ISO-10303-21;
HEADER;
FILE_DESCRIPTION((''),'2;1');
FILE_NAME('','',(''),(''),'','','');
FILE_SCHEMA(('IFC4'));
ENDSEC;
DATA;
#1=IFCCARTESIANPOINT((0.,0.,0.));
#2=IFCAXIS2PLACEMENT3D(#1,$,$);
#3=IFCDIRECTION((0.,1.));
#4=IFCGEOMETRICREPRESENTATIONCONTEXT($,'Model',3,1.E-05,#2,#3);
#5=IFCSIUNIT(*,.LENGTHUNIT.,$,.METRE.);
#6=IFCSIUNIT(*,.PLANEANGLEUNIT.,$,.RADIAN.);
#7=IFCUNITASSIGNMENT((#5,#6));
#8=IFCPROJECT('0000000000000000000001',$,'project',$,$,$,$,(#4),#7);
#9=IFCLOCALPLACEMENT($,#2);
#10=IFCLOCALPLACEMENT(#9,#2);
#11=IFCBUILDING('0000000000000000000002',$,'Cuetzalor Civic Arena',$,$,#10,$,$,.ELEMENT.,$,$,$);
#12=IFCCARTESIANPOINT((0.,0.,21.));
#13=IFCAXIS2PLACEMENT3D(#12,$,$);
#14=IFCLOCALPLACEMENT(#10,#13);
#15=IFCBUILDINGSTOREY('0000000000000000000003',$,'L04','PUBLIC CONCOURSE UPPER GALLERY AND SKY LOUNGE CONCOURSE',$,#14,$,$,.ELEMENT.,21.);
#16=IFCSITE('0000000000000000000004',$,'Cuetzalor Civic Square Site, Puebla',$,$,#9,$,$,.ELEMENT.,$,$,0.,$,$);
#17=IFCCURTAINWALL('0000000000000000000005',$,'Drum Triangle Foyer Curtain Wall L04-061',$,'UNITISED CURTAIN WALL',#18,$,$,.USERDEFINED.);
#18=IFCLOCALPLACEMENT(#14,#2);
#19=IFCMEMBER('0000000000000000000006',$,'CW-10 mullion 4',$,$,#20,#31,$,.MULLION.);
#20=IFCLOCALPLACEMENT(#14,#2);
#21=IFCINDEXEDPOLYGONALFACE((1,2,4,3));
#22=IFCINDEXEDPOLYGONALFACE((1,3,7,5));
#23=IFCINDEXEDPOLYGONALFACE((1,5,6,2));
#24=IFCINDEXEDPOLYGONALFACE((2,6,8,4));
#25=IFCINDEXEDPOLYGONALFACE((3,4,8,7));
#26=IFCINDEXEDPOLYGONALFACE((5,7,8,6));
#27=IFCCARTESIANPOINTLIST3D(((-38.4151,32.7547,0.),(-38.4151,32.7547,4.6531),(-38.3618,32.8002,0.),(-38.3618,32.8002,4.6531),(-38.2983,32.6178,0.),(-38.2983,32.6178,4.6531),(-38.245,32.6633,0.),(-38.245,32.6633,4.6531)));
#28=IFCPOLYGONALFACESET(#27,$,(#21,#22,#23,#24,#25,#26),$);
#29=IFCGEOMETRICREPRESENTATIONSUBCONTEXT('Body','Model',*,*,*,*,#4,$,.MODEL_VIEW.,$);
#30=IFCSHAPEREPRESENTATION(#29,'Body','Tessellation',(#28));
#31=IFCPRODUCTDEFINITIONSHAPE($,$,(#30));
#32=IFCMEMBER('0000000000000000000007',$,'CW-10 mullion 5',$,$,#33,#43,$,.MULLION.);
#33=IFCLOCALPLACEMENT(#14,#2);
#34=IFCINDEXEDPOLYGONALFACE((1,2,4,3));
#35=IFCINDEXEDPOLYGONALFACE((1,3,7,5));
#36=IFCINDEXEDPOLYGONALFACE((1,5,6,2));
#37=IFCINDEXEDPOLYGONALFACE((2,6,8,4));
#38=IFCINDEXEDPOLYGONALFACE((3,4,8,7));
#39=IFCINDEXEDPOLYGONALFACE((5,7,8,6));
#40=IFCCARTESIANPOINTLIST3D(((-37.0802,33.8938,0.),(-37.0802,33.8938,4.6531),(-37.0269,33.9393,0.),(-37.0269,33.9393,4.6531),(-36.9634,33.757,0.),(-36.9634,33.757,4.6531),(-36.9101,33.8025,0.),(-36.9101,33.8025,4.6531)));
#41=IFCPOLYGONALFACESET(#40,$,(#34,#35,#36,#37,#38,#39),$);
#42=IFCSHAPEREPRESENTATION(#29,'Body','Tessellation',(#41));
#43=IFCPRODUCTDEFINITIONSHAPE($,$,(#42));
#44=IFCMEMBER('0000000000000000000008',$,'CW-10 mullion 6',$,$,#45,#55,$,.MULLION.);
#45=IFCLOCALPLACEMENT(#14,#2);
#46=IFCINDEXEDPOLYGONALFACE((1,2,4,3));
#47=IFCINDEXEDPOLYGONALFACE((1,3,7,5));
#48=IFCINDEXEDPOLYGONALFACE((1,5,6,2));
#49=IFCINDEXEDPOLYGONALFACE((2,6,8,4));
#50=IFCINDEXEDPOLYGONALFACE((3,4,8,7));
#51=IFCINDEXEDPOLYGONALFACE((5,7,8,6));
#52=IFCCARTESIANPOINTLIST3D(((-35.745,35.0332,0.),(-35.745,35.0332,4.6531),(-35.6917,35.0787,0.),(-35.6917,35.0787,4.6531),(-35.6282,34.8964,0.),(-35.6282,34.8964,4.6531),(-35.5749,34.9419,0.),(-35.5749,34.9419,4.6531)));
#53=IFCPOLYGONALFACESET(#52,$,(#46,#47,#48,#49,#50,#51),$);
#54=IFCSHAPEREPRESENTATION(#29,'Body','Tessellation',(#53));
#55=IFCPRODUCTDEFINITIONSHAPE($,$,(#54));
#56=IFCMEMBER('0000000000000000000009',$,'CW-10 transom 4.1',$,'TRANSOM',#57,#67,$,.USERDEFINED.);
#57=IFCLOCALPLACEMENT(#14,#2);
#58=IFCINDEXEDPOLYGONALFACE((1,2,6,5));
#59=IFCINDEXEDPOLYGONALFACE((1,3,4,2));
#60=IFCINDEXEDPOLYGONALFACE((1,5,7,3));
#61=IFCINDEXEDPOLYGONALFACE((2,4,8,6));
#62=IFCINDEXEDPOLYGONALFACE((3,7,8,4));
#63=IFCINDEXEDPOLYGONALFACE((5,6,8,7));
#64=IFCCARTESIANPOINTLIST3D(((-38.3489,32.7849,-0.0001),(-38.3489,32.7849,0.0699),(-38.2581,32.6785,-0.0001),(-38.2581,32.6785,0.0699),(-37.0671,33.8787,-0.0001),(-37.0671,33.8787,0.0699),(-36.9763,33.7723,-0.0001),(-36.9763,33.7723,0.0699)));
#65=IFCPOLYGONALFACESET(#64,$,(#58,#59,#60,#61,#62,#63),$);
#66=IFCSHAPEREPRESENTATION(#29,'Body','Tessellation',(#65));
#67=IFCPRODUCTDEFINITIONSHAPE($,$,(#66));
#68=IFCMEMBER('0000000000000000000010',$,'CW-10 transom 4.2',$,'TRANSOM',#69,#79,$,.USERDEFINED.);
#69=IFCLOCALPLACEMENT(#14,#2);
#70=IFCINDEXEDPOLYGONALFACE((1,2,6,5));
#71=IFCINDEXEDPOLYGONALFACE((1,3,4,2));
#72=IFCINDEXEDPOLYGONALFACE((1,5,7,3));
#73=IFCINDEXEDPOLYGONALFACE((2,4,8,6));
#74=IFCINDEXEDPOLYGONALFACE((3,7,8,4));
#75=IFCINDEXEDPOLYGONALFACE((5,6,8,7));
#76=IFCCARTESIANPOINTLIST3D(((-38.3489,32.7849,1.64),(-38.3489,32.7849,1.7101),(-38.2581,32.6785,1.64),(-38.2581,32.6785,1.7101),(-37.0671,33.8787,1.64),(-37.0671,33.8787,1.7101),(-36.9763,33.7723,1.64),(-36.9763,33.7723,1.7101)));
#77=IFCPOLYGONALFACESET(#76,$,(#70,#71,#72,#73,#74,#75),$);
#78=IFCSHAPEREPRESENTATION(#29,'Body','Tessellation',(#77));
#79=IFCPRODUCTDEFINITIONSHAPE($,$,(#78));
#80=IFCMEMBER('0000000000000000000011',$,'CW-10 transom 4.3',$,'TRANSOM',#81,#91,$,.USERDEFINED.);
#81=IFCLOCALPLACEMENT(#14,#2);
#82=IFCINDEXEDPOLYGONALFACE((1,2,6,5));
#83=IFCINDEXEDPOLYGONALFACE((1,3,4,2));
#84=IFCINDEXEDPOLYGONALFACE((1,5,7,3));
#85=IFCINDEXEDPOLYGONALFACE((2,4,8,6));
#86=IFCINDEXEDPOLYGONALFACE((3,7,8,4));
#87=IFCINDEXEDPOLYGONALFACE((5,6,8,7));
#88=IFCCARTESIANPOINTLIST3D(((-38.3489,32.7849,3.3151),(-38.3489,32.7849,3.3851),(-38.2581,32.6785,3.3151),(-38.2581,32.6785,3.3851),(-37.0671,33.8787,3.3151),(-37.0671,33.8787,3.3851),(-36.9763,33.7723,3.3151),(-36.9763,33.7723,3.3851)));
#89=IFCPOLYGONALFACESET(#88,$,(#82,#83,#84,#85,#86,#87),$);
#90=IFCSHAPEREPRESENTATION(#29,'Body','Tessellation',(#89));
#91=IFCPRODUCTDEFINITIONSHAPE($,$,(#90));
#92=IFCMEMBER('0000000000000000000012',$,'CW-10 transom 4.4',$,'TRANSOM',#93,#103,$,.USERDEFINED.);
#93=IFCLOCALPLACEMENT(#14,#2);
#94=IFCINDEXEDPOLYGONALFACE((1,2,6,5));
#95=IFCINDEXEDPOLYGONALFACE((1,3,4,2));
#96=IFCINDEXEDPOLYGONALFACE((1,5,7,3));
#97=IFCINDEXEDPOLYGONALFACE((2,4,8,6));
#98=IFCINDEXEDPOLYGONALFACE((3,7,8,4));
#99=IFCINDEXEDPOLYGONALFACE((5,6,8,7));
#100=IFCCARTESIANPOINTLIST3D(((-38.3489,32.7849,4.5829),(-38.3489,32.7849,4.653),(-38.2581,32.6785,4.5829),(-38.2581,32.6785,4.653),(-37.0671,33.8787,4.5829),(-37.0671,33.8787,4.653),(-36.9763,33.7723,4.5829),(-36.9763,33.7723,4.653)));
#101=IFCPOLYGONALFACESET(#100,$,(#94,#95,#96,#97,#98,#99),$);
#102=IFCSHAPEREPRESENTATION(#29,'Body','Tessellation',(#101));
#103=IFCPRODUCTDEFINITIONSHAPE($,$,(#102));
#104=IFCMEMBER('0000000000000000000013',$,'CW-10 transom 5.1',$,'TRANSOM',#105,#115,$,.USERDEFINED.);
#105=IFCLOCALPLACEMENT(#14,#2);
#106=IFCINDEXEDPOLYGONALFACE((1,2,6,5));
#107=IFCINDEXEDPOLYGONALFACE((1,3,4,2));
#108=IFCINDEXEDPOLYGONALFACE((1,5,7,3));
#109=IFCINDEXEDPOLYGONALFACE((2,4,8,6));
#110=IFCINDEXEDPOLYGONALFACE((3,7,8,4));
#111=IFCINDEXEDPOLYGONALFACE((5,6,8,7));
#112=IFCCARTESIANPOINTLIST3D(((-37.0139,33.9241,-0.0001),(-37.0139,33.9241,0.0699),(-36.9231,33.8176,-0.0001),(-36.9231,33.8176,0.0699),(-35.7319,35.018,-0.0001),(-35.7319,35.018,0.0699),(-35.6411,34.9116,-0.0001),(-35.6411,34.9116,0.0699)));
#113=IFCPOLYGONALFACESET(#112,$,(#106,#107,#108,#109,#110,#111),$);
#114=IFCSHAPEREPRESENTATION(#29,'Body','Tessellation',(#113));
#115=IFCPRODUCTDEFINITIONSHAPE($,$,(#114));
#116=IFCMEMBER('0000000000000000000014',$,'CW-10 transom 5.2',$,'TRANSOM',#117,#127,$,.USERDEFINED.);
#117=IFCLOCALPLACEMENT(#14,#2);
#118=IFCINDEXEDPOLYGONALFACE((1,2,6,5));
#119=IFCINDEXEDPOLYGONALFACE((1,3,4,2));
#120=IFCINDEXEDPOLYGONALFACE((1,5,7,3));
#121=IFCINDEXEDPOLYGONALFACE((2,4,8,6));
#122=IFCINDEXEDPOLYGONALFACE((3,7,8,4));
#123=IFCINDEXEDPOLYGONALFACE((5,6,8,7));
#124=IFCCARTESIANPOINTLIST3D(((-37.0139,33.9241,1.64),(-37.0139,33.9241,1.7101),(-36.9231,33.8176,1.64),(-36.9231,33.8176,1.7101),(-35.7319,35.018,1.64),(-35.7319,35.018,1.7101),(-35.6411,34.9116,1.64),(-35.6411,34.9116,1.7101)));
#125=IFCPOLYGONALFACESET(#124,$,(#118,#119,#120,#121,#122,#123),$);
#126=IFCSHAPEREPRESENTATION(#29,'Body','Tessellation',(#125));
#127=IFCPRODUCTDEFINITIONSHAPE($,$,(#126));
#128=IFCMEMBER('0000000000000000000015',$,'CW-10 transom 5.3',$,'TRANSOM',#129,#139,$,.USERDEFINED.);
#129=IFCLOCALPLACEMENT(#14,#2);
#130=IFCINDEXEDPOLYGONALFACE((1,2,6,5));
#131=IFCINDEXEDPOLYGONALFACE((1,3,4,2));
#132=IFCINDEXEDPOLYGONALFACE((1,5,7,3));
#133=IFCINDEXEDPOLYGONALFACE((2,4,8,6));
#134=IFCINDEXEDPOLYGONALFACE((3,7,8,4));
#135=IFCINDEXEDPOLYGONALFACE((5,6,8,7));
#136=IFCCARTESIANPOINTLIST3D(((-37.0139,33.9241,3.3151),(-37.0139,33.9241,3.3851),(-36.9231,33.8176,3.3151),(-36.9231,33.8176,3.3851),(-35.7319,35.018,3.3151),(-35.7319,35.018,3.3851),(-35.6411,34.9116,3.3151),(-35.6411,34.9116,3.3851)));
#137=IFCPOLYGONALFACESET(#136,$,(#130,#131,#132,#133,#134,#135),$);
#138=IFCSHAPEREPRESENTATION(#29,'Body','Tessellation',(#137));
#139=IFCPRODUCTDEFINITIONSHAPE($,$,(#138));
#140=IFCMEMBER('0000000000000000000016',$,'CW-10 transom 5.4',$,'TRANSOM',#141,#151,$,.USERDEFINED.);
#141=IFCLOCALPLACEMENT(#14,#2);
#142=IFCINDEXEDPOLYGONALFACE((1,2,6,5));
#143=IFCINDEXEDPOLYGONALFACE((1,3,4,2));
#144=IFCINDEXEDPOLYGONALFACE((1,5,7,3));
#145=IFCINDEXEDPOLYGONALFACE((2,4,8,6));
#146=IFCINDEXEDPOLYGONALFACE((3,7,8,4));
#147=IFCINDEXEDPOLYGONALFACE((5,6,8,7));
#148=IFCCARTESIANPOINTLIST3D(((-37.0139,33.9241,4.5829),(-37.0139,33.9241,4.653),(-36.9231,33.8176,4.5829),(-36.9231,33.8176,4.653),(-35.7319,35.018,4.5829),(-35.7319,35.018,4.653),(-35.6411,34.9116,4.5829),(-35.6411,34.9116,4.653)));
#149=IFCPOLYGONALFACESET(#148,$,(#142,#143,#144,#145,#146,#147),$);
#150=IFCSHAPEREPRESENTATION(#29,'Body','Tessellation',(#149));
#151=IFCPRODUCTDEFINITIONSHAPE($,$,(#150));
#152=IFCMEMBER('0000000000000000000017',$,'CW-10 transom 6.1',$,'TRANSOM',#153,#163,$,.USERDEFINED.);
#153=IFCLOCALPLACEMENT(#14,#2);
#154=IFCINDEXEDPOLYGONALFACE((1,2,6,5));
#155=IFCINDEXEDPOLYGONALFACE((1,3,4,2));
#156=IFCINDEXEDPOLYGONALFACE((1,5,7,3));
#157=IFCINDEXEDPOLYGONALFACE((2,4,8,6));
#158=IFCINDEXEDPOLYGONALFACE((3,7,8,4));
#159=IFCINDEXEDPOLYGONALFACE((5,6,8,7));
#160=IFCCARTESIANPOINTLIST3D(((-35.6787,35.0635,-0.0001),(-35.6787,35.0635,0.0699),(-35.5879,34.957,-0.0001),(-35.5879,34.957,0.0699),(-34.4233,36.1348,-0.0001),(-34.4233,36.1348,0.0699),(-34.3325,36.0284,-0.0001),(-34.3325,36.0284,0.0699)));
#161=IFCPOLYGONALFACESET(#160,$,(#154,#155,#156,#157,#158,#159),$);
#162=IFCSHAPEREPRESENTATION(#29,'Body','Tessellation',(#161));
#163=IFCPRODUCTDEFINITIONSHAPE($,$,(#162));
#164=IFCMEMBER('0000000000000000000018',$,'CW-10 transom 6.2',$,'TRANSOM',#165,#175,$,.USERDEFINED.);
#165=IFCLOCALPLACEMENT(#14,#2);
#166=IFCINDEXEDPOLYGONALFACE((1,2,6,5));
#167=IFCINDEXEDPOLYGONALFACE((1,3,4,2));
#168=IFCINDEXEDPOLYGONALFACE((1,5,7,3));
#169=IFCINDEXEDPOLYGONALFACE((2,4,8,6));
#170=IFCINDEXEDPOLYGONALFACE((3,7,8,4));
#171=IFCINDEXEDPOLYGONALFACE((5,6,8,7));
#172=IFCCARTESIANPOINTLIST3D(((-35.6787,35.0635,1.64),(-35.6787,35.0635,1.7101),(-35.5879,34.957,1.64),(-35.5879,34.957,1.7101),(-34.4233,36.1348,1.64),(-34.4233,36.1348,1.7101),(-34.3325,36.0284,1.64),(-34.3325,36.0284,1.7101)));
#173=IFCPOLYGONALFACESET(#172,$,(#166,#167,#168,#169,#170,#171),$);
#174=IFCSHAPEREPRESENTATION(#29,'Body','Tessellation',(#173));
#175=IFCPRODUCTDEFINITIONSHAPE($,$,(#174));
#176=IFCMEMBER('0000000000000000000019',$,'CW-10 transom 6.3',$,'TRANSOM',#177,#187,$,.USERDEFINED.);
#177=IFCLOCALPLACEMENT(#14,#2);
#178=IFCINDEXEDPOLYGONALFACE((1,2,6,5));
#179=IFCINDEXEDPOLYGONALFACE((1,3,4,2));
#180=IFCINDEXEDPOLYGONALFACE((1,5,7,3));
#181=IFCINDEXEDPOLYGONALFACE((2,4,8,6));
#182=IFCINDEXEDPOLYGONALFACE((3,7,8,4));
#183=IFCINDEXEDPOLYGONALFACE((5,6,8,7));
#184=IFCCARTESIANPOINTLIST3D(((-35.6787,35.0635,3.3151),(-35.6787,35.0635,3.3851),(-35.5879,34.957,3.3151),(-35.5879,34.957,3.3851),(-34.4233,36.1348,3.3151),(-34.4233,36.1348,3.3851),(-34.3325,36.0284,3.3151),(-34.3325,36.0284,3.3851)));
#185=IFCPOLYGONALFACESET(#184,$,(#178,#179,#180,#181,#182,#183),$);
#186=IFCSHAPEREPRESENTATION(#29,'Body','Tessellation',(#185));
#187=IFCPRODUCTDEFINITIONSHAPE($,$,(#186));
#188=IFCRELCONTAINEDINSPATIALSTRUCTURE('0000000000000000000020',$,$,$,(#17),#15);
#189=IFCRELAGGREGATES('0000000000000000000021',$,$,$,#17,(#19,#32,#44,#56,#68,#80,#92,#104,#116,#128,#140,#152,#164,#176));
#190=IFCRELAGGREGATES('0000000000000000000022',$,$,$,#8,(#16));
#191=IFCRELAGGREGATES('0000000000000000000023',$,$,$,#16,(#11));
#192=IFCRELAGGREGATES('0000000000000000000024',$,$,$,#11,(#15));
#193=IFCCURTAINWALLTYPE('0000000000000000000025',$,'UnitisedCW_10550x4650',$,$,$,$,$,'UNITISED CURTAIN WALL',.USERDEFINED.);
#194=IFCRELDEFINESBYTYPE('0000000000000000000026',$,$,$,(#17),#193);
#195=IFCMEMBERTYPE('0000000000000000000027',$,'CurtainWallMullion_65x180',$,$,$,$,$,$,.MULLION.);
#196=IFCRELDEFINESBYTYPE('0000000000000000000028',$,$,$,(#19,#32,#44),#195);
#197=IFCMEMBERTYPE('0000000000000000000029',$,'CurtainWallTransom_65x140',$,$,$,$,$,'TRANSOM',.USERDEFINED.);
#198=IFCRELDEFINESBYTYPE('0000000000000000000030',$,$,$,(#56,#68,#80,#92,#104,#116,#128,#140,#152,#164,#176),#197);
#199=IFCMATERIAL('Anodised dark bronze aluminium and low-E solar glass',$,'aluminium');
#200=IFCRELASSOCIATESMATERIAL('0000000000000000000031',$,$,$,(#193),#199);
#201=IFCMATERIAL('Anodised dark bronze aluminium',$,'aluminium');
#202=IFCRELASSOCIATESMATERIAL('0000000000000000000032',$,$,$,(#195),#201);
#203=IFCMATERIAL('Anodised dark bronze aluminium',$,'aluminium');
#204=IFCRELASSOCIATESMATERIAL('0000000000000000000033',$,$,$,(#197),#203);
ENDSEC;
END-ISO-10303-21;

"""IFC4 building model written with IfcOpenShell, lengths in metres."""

from ifc_helpers import new_model, si_unit, direction, frame, origin, origin_2d, place, context, subcontext, project, spatial, rectangle, extrude, material, material_profile, profile_set, type_object, element, aggregate, save


model = new_model("IFC4")

# Units and contexts
model_context = context("Model", 3, precision=1e-05, world=origin(), true_north=direction((0.0, 1.0)))
body_context = subcontext(model_context, "Body", "Model", "MODEL_VIEW")
ifc_project = project(units=[si_unit("LENGTHUNIT", "METRE"), si_unit("PLANEANGLEUNIT", "RADIAN")], contexts=[model_context])

# Site, building, storey
site_placement = place(None, origin())
site = spatial("IfcSite", under=ifc_project, at=site_placement, Name="Cuetzalor Civic Square Site, Puebla", CompositionType="ELEMENT", RefElevation=0.0)
building_placement = place(site_placement, origin())
building = spatial("IfcBuilding", under=site, at=building_placement, Name="Cuetzalor Civic Arena", CompositionType="ELEMENT")
storey_placement = place(building_placement, frame((0.0, 0.0, 21.0)))
storey = spatial("IfcBuildingStorey", under=building, at=storey_placement, Name="L04", Description="PUBLIC CONCOURSE UPPER GALLERY AND SKY LOUNGE CONCOURSE", CompositionType="ELEMENT", Elevation=21.0)

# Curtain wall, members
ifc_material_1 = material(Name="Anodised dark bronze aluminium and low-E solar glass", Category="aluminium")
curtain_wall_type = type_object("IfcCurtainWallType", Name="UnitisedCW_10550x4650", ElementType="UNITISED CURTAIN WALL", PredefinedType="USERDEFINED", material=ifc_material_1)
curtain_wall_placement = place(storey_placement, origin())
curtain_wall = element("IfcCurtainWall", 1, at=curtain_wall_placement, inside=storey, type_object=curtain_wall_type, Name="Drum Triangle Foyer Curtain Wall L04-061", ObjectType="UNITISED CURTAIN WALL", PredefinedType="USERDEFINED")
ifc_material_2 = material(Name="Anodised dark bronze aluminium", Category="aluminium")
ifc_material_profile_1 = material_profile(ifc_material_2, rectangle(XDim=0.0701, YDim=0.1799, at=origin_2d()), Name="ALU MULLION 70x180")
ifc_profile_set_1 = profile_set([ifc_material_profile_1], Name="Anodised dark bronze aluminium")
member_type_1 = type_object("IfcMemberType", Name="CurtainWallMullion_65x180", PredefinedType="MULLION", material=ifc_profile_set_1)
member_1_placement = place(storey_placement, frame((-38.3301, 32.709, 0.0), z_axis=(0.0, 0.0, 1.0), x_axis=(0.760677, 0.64913, 0.0)))
member_1 = element("IfcMember", 2, at=member_1_placement, type_object=member_type_1, Name="CW-10 mullion 4", PredefinedType="MULLION", context=body_context, shape_type="SweptSolid", body=[
    extrude(rectangle(XDim=0.0701, YDim=0.1799, at=origin_2d()), origin(), (0.0, 0.0, 1.0), 4.6531),
])
member_2_placement = place(storey_placement, frame((-36.9951, 33.8481, 0.0), z_axis=(0.0, 0.0, 1.0), x_axis=(0.760677, 0.64913, 0.0)))
member_2 = element("IfcMember", 3, at=member_2_placement, type_object=member_type_1, Name="CW-10 mullion 5", PredefinedType="MULLION", context=body_context, shape_type="SweptSolid", body=[
    extrude(rectangle(XDim=0.0701, YDim=0.1799, at=origin_2d()), origin(), (0.0, 0.0, 1.0), 4.6531),
])
member_3_placement = place(storey_placement, frame((-35.6599, 34.9875, 0.0), z_axis=(0.0, 0.0, 1.0), x_axis=(0.760677, 0.64913, 0.0)))
member_3 = element("IfcMember", 4, at=member_3_placement, type_object=member_type_1, Name="CW-10 mullion 6", PredefinedType="MULLION", context=body_context, shape_type="SweptSolid", body=[
    extrude(rectangle(XDim=0.0701, YDim=0.1799, at=origin_2d()), origin(), (0.0, 0.0, 1.0), 4.6531),
])
ifc_material_3 = material(Name="Anodised dark bronze aluminium", Category="aluminium")
ifc_material_profile_2 = material_profile(ifc_material_3, rectangle(XDim=0.1399, YDim=0.0701, at=origin_2d()), Name="ALU TRANSOM 70x140")
ifc_profile_set_2 = profile_set([ifc_material_profile_2], Name="Anodised dark bronze aluminium")
member_type_2 = type_object("IfcMemberType", Name="CurtainWallTransom_65x140", ElementType="TRANSOM", PredefinedType="USERDEFINED", material=ifc_profile_set_2)
member_4_placement = place(storey_placement, frame((-38.3035, 32.7317, 0.0349), z_axis=(0.760687, 0.649119, 0.0), x_axis=(-0.649119, 0.760687, 0.0)))
member_4 = element("IfcMember", 5, at=member_4_placement, type_object=member_type_2, Name="CW-10 transom 4.1", ObjectType="TRANSOM", PredefinedType="USERDEFINED", context=body_context, shape_type="SweptSolid", body=[
    extrude(rectangle(XDim=0.1399, YDim=0.0701, at=origin_2d()), origin(), (0.0, 0.0, 1.0), 1.6851),
])
member_5_placement = place(storey_placement, frame((-38.3035, 32.7317, 1.675), z_axis=(0.760687, 0.649119, 0.0), x_axis=(-0.649119, 0.760687, 0.0)))
member_5 = element("IfcMember", 6, at=member_5_placement, type_object=member_type_2, Name="CW-10 transom 4.2", ObjectType="TRANSOM", PredefinedType="USERDEFINED", context=body_context, shape_type="SweptSolid", body=[
    extrude(rectangle(XDim=0.1399, YDim=0.0701, at=origin_2d()), origin(), (0.0, 0.0, 1.0), 1.6851),
])
member_6_placement = place(storey_placement, frame((-38.3035, 32.7317, 3.3501), z_axis=(0.760687, 0.649119, 0.0), x_axis=(-0.649119, 0.760687, 0.0)))
member_6 = element("IfcMember", 7, at=member_6_placement, type_object=member_type_2, Name="CW-10 transom 4.3", ObjectType="TRANSOM", PredefinedType="USERDEFINED", context=body_context, shape_type="SweptSolid", body=[
    extrude(rectangle(XDim=0.1399, YDim=0.0701, at=origin_2d()), origin(), (0.0, 0.0, 1.0), 1.6851),
])
member_7_placement = place(storey_placement, frame((-38.3035, 32.7317, 4.6179), z_axis=(0.760687, 0.649119, 0.0), x_axis=(-0.649119, 0.760687, 0.0)))
member_7 = element("IfcMember", 8, at=member_7_placement, type_object=member_type_2, Name="CW-10 transom 4.4", ObjectType="TRANSOM", PredefinedType="USERDEFINED", context=body_context, shape_type="SweptSolid", body=[
    extrude(rectangle(XDim=0.1399, YDim=0.0701, at=origin_2d()), origin(), (0.0, 0.0, 1.0), 1.6851),
])
member_8_placement = place(storey_placement, frame((-36.9685, 33.8708, 0.0349), z_axis=(0.760676, 0.649132, 0.0), x_axis=(-0.649132, 0.760676, 0.0)))
member_8 = element("IfcMember", 9, at=member_8_placement, type_object=member_type_2, Name="CW-10 transom 5.1", ObjectType="TRANSOM", PredefinedType="USERDEFINED", context=body_context, shape_type="SweptSolid", body=[
    extrude(rectangle(XDim=0.1399, YDim=0.0701, at=origin_2d()), origin(), (0.0, 0.0, 1.0), 1.6853),
])
member_9_placement = place(storey_placement, frame((-36.9685, 33.8708, 1.675), z_axis=(0.760676, 0.649132, 0.0), x_axis=(-0.649132, 0.760676, 0.0)))
member_9 = element("IfcMember", 10, at=member_9_placement, type_object=member_type_2, Name="CW-10 transom 5.2", ObjectType="TRANSOM", PredefinedType="USERDEFINED", context=body_context, shape_type="SweptSolid", body=[
    extrude(rectangle(XDim=0.1399, YDim=0.0701, at=origin_2d()), origin(), (0.0, 0.0, 1.0), 1.6853),
])
member_10_placement = place(storey_placement, frame((-36.9685, 33.8708, 3.3501), z_axis=(0.760676, 0.649132, 0.0), x_axis=(-0.649132, 0.760676, 0.0)))
member_10 = element("IfcMember", 11, at=member_10_placement, type_object=member_type_2, Name="CW-10 transom 5.3", ObjectType="TRANSOM", PredefinedType="USERDEFINED", context=body_context, shape_type="SweptSolid", body=[
    extrude(rectangle(XDim=0.1399, YDim=0.0701, at=origin_2d()), origin(), (0.0, 0.0, 1.0), 1.6853),
])
member_11_placement = place(storey_placement, frame((-36.9685, 33.8708, 4.6179), z_axis=(0.760676, 0.649132, 0.0), x_axis=(-0.649132, 0.760676, 0.0)))
member_11 = element("IfcMember", 12, at=member_11_placement, type_object=member_type_2, Name="CW-10 transom 5.4", ObjectType="TRANSOM", PredefinedType="USERDEFINED", context=body_context, shape_type="SweptSolid", body=[
    extrude(rectangle(XDim=0.1399, YDim=0.0701, at=origin_2d()), origin(), (0.0, 0.0, 1.0), 1.6853),
])
member_12_placement = place(storey_placement, frame((-35.6333, 35.0103, 0.0349), z_axis=(0.760675, 0.649133, 0.0), x_axis=(-0.649133, 0.760675, 0.0)))
member_12 = element("IfcMember", 13, at=member_12_placement, type_object=member_type_2, Name="CW-10 transom 6.1", ObjectType="TRANSOM", PredefinedType="USERDEFINED", context=body_context, shape_type="SweptSolid", body=[
    extrude(rectangle(XDim=0.1399, YDim=0.0701, at=origin_2d()), origin(), (0.0, 0.0, 1.0), 1.6504),
])
member_13_placement = place(storey_placement, frame((-35.6333, 35.0103, 1.675), z_axis=(0.760675, 0.649133, 0.0), x_axis=(-0.649133, 0.760675, 0.0)))
member_13 = element("IfcMember", 14, at=member_13_placement, type_object=member_type_2, Name="CW-10 transom 6.2", ObjectType="TRANSOM", PredefinedType="USERDEFINED", context=body_context, shape_type="SweptSolid", body=[
    extrude(rectangle(XDim=0.1399, YDim=0.0701, at=origin_2d()), origin(), (0.0, 0.0, 1.0), 1.6504),
])
member_14_placement = place(storey_placement, frame((-35.6333, 35.0103, 3.3501), z_axis=(0.760675, 0.649133, 0.0), x_axis=(-0.649133, 0.760675, 0.0)))
member_14 = element("IfcMember", 15, at=member_14_placement, type_object=member_type_2, Name="CW-10 transom 6.3", ObjectType="TRANSOM", PredefinedType="USERDEFINED", context=body_context, shape_type="SweptSolid", body=[
    extrude(rectangle(XDim=0.1399, YDim=0.0701, at=origin_2d()), origin(), (0.0, 0.0, 1.0), 1.6504),
])
aggregate(curtain_wall, [member_1, member_2, member_3, member_4, member_5, member_6, member_7, member_8, member_9, member_10, member_11, member_12, member_13, member_14])

save(model, "model.ifc")
